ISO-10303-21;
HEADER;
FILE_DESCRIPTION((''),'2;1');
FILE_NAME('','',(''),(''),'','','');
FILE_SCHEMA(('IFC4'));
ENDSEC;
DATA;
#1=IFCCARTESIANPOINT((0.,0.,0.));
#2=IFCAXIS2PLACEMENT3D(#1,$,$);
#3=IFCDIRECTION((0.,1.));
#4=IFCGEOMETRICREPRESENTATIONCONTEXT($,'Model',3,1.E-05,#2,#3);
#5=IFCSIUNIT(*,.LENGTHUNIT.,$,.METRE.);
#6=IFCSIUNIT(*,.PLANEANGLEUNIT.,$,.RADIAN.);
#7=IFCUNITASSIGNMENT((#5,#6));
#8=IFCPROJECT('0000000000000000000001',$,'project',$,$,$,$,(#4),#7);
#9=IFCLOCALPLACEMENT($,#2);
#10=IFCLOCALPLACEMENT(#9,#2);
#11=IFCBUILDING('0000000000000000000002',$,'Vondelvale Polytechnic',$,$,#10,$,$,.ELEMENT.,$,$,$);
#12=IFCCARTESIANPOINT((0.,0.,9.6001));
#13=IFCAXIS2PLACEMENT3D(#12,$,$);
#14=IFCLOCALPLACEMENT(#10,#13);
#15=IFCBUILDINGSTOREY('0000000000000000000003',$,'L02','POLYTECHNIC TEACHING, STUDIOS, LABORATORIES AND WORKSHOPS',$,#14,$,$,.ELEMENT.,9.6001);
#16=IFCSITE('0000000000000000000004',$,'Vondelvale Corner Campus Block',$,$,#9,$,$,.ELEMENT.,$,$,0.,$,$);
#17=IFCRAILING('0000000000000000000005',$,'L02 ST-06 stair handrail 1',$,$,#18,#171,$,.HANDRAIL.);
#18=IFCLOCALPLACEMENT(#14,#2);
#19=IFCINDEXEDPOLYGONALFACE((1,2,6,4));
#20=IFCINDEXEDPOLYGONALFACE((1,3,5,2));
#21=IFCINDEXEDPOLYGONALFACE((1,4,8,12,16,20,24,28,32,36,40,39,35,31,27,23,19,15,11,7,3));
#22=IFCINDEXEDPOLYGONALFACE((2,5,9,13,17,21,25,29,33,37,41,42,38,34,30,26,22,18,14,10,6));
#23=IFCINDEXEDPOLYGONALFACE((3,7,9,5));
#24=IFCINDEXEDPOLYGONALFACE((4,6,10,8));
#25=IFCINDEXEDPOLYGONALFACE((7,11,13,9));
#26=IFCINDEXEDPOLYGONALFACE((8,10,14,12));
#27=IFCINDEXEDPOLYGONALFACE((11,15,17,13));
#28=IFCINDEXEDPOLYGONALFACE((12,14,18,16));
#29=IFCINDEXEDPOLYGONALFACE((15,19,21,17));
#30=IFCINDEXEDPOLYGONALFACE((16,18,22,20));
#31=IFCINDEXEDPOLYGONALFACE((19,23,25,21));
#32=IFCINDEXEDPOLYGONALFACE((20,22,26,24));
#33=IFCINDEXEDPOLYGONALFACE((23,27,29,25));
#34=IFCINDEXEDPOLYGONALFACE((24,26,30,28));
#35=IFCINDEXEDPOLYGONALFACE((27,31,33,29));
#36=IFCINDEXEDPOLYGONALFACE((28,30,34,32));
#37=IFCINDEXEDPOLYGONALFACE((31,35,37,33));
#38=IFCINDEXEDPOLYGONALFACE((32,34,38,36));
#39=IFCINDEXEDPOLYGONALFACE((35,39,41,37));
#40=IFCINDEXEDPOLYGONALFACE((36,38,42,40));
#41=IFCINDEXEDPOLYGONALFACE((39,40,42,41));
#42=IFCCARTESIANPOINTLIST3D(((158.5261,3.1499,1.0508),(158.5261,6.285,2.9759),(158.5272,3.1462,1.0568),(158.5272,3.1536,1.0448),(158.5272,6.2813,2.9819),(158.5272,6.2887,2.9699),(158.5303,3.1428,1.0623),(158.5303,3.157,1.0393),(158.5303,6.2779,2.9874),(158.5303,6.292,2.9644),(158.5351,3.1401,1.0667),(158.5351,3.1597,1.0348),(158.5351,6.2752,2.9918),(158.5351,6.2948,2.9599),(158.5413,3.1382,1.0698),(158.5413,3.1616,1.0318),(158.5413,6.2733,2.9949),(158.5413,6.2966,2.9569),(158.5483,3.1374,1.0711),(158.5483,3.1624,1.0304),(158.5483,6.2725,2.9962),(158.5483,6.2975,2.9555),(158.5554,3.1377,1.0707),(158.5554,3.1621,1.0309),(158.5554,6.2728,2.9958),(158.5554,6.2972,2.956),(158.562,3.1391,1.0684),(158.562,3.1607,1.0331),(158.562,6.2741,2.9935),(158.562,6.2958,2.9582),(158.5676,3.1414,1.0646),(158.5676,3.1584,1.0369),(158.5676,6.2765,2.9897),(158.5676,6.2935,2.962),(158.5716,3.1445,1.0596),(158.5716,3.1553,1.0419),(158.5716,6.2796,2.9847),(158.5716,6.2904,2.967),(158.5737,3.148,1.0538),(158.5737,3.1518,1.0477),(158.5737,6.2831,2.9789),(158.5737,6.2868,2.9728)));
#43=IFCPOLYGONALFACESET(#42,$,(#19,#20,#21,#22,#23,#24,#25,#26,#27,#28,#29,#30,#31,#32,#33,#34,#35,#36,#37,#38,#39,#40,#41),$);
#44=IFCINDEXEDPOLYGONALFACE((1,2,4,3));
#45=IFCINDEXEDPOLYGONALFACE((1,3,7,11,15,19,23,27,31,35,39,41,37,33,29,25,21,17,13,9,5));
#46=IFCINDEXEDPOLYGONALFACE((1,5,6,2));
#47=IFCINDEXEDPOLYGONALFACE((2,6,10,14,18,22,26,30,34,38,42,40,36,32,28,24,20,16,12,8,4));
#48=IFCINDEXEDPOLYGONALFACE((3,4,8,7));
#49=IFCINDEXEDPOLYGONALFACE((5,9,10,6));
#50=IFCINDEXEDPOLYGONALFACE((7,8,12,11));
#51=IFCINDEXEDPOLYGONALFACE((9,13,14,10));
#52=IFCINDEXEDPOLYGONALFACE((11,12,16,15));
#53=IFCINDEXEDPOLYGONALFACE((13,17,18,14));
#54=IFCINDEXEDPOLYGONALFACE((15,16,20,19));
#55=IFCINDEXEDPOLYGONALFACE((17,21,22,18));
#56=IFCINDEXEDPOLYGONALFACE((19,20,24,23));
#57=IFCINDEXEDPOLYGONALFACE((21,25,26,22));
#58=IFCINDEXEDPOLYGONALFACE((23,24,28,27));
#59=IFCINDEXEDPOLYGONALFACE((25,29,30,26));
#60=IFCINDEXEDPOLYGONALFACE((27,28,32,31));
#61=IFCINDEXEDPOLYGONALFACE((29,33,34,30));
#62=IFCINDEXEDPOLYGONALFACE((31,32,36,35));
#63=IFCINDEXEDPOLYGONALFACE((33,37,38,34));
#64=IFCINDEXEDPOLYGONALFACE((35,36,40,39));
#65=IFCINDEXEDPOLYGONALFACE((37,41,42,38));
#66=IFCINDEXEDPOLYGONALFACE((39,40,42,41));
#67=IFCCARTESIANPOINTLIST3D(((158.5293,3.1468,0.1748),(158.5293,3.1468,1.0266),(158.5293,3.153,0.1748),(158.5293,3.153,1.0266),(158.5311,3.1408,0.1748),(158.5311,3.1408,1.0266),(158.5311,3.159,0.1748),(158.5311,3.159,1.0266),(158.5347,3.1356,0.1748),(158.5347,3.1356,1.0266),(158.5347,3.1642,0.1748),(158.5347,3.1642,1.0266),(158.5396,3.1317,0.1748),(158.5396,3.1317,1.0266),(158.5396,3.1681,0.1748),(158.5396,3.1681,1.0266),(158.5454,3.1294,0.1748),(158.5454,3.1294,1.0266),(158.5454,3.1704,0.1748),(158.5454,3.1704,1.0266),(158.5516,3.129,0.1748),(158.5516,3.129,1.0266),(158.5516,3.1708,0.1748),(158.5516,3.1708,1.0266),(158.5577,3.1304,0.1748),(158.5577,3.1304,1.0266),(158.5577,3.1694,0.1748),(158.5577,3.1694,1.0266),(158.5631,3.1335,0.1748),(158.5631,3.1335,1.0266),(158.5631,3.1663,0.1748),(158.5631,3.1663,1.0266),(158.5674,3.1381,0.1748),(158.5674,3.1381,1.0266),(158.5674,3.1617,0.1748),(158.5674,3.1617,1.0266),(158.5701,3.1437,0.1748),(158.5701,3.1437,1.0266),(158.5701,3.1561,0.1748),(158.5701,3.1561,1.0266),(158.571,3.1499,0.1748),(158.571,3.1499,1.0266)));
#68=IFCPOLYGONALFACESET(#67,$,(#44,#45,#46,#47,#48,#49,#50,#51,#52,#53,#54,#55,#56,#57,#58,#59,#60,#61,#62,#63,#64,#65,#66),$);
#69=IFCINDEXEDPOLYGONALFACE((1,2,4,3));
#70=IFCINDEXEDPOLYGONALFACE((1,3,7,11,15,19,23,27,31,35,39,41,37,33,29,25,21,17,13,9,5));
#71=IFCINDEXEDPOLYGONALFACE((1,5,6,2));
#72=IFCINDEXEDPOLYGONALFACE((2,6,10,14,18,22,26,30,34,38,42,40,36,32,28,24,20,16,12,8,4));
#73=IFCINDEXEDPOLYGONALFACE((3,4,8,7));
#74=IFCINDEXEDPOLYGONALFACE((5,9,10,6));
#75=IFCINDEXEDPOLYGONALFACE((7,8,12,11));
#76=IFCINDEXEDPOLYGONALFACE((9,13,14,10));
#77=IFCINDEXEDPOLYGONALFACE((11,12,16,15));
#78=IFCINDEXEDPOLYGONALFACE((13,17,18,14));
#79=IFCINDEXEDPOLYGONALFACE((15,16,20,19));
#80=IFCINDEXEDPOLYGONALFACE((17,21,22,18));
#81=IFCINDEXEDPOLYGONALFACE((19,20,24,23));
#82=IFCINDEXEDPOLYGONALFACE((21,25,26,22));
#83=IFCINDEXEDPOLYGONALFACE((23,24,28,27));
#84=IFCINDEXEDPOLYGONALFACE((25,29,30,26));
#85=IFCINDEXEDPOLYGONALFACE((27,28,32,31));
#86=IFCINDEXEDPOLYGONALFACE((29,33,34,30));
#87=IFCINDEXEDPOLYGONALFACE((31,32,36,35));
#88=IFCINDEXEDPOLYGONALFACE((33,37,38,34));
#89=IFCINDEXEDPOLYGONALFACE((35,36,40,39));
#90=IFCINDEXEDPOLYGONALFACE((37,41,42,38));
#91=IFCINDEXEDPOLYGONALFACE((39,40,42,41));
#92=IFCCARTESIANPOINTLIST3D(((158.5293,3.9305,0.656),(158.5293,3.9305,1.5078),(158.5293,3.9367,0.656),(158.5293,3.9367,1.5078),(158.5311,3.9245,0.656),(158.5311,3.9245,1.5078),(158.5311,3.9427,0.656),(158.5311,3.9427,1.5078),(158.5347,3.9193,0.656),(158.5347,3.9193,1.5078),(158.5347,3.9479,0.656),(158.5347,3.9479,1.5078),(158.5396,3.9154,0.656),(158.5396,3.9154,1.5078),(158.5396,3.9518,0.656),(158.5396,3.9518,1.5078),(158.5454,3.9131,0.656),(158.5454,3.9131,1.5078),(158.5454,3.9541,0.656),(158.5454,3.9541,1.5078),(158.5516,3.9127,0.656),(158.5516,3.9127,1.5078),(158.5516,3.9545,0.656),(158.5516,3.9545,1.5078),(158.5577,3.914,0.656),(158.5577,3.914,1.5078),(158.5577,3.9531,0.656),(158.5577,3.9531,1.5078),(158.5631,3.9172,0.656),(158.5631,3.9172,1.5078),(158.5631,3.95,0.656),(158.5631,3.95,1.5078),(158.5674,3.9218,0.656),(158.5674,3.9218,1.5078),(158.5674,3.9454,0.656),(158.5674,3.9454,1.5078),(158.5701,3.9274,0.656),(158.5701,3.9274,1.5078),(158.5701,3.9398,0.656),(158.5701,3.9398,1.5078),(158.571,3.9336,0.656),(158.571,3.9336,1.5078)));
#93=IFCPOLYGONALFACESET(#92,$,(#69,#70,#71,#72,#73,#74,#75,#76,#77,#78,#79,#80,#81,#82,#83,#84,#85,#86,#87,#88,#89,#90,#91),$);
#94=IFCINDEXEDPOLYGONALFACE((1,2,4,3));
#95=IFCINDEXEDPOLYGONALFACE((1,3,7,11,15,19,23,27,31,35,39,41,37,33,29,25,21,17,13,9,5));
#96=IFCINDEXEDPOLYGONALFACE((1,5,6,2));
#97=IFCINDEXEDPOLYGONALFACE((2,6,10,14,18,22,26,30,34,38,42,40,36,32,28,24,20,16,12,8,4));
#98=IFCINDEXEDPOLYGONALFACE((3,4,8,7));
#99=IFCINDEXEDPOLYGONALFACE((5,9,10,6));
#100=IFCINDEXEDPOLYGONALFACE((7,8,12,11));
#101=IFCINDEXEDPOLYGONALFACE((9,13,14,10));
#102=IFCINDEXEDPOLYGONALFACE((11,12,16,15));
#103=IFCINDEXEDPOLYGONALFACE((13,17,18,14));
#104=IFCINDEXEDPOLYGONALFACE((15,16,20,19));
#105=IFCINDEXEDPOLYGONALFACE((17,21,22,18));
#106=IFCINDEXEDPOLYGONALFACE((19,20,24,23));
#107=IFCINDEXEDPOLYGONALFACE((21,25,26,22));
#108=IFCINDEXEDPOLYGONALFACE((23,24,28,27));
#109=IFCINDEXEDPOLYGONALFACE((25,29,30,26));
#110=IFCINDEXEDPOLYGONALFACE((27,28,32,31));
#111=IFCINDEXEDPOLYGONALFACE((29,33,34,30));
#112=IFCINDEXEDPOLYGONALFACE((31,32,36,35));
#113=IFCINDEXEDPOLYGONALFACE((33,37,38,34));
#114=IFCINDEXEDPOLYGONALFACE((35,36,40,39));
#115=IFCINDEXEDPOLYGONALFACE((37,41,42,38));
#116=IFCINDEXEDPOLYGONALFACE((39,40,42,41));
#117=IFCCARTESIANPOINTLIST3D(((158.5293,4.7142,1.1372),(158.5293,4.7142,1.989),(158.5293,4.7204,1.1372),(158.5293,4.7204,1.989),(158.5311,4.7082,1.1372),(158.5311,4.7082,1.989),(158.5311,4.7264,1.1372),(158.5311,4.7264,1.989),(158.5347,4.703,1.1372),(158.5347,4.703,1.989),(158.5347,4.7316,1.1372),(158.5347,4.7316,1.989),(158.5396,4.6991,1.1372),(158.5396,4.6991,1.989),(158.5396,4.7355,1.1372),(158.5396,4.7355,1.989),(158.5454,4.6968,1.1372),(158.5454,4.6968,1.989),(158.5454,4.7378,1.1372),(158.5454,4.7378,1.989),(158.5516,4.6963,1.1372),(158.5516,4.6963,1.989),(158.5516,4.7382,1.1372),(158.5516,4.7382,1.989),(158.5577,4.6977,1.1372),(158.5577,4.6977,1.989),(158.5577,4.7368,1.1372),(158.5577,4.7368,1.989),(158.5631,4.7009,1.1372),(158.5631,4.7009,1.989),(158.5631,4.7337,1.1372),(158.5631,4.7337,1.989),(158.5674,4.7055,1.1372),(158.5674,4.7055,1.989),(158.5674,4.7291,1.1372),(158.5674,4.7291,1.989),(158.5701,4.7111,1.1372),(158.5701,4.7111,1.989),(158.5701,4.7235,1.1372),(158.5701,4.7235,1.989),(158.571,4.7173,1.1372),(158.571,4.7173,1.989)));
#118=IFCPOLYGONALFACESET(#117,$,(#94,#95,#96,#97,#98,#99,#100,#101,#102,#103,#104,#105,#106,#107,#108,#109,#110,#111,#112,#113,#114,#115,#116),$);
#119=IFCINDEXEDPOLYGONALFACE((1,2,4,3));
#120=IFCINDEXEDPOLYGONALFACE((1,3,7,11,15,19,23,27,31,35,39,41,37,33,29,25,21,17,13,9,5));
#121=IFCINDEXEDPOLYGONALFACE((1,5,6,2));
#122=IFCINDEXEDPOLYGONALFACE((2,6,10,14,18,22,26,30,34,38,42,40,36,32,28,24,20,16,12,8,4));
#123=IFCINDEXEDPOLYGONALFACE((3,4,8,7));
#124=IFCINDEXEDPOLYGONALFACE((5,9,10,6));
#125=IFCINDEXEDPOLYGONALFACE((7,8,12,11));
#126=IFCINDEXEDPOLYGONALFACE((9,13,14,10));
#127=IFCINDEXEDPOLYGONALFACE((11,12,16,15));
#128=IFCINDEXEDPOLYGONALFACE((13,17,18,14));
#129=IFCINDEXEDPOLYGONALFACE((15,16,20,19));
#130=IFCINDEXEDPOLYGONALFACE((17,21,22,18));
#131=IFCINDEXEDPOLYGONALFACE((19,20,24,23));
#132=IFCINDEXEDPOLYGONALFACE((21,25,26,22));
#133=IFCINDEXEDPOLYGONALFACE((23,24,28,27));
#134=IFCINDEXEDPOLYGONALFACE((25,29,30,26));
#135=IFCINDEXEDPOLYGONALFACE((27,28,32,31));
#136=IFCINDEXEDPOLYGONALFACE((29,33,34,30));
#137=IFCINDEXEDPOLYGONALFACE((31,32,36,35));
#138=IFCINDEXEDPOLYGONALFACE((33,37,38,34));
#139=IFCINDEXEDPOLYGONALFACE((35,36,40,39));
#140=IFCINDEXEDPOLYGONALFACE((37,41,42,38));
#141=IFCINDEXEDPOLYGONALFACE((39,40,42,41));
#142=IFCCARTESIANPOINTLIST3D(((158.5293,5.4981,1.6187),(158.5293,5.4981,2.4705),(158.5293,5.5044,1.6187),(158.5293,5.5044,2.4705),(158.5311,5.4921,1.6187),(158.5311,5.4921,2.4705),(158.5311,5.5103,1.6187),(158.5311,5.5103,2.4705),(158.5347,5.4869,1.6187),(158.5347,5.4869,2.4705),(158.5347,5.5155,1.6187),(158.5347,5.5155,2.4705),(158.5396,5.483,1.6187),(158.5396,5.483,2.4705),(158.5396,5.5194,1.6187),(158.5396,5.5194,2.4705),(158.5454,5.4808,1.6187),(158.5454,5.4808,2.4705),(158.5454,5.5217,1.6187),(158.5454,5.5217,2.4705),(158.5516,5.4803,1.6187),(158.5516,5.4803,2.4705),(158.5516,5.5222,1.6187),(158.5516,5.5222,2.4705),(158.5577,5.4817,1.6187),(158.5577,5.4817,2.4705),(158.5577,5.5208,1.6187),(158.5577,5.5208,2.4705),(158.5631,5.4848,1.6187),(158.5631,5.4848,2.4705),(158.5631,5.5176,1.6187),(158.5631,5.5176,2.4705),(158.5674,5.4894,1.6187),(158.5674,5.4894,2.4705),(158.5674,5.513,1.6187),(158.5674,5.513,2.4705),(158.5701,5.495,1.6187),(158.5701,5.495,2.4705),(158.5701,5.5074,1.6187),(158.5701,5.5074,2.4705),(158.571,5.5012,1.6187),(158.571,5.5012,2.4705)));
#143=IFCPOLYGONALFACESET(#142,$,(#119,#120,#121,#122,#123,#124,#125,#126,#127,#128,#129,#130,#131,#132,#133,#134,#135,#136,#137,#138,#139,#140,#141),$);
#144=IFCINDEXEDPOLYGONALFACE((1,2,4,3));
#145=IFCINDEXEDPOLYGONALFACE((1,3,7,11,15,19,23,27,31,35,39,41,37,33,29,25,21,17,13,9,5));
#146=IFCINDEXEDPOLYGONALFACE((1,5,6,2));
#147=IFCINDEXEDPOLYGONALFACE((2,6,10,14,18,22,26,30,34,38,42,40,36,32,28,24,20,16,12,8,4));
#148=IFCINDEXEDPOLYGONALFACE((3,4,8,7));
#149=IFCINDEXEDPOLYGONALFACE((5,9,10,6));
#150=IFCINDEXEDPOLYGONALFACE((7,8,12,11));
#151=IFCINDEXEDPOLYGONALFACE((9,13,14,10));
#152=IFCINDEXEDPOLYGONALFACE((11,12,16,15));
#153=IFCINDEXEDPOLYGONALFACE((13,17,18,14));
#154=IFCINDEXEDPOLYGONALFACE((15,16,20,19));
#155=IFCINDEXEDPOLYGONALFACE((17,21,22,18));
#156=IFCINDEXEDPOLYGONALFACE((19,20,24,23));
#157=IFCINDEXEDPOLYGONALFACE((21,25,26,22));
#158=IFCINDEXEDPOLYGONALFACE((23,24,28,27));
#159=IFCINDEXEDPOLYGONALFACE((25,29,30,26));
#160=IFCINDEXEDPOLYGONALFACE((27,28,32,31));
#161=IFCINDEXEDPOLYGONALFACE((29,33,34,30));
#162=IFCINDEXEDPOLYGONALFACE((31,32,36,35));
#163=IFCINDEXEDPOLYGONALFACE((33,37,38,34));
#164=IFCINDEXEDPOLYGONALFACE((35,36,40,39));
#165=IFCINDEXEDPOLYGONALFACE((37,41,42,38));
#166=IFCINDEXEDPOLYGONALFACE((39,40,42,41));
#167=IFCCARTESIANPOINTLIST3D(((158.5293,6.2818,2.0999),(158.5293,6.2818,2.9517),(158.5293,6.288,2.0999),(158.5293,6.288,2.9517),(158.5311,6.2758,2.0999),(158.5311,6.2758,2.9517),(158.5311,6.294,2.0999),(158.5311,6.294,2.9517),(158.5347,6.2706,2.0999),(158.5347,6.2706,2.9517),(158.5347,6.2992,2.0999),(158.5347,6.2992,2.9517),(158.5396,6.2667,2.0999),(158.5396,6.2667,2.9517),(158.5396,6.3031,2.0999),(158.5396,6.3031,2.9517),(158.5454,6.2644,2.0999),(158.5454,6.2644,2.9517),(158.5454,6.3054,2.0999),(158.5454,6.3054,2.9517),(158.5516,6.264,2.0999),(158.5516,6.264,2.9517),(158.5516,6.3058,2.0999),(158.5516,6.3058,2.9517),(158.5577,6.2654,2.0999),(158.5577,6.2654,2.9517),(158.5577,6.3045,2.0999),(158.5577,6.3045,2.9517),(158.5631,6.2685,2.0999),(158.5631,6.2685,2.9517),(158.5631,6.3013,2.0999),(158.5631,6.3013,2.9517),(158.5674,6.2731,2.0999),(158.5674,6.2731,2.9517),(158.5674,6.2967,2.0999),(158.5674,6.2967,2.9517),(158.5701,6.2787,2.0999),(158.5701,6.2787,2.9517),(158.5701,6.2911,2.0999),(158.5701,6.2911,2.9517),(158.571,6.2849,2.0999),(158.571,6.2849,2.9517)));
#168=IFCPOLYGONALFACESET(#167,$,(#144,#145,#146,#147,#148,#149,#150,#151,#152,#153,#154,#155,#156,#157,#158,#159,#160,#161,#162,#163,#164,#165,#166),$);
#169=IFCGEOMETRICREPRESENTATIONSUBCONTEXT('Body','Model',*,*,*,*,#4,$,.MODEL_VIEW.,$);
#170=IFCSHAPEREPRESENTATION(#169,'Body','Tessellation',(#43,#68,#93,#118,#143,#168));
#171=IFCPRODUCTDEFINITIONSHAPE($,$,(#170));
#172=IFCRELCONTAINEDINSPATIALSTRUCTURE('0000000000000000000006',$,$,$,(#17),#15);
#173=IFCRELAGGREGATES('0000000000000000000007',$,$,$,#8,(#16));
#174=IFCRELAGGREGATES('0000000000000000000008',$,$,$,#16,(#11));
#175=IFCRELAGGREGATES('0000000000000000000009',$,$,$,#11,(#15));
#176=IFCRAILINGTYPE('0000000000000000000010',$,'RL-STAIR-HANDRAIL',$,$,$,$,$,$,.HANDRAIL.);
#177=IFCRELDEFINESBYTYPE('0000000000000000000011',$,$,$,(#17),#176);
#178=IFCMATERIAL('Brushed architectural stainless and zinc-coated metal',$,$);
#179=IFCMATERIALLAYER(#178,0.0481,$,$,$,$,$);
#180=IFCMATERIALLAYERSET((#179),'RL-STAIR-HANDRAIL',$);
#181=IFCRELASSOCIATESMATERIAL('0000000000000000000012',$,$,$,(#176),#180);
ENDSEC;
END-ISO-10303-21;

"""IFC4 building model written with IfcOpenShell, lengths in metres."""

from ifc_helpers import new_model, si_unit, direction, frame, origin, origin_2d, place, context, subcontext, project, spatial, circle, extrude, material, layer, layer_set, type_object, element, save


model = new_model("IFC4")

# Units and contexts
model_context = context("Model", 3, precision=1e-05, world=origin(), true_north=direction((0.0, 1.0)))
body_context = subcontext(model_context, "Body", "Model", "MODEL_VIEW")
ifc_project = project(units=[si_unit("LENGTHUNIT", "METRE"), si_unit("PLANEANGLEUNIT", "RADIAN")], contexts=[model_context])

# Site, building, storey
site_placement = place(None, origin())
site = spatial("IfcSite", under=ifc_project, at=site_placement, Name="Vondelvale Corner Campus Block", CompositionType="ELEMENT", RefElevation=0.0)
building_placement = place(site_placement, origin())
building = spatial("IfcBuilding", under=site, at=building_placement, Name="Vondelvale Polytechnic", CompositionType="ELEMENT")
storey_placement = place(building_placement, frame((0.0, 0.0, 9.6001)))
storey = spatial("IfcBuildingStorey", under=building, at=storey_placement, Name="L02", Description="POLYTECHNIC TEACHING, STUDIOS, LABORATORIES AND WORKSHOPS", CompositionType="ELEMENT", Elevation=9.6001)

# Railing
ifc_material_1 = material(Name="Brushed architectural stainless and zinc-coated metal")
ifc_layer_1 = layer(ifc_material_1, 0.0481)
ifc_layer_set_1 = layer_set([ifc_layer_1], Name="RL-STAIR-HANDRAIL")
railing_type_1 = type_object("IfcRailingType", Name="RL-STAIR-HANDRAIL", PredefinedType="HANDRAIL", material=ifc_layer_set_1)
railing_1_placement = place(storey_placement, frame((158.55, 3.1499, 0.1748)))
element("IfcRailing", 1, at=railing_1_placement, inside=storey, type_object=railing_type_1, Name="L02 ST-06 stair handrail 1", PredefinedType="HANDRAIL", context=body_context, shape_type="SweptSolid", body=[
    extrude(circle(Radius=0.0239, at=origin_2d()), frame((0.0, 0.0, 0.876), z_axis=(0.0, 0.852166, 0.523271), x_axis=(-1.0, 0.0, 0.0)), (0.0, 0.0, 1.0), 3.679),
    extrude(circle(Radius=0.021, at=origin_2d()), origin(), (0.0, 0.0, 1.0), 0.8518),
    extrude(circle(Radius=0.021, at=origin_2d()), frame((0.0, 0.7837, 0.4812)), (0.0, 0.0, 1.0), 0.8518),
    extrude(circle(Radius=0.021, at=origin_2d()), frame((0.0, 1.5674, 0.9624)), (0.0, 0.0, 1.0), 0.8518),
    extrude(circle(Radius=0.021, at=origin_2d()), frame((0.0, 2.3513, 1.4438)), (0.0, 0.0, 1.0), 0.8518),
    extrude(circle(Radius=0.021, at=origin_2d()), frame((0.0, 3.135, 1.925)), (0.0, 0.0, 1.0), 0.8518),
])

save(model, "model.ifc")
